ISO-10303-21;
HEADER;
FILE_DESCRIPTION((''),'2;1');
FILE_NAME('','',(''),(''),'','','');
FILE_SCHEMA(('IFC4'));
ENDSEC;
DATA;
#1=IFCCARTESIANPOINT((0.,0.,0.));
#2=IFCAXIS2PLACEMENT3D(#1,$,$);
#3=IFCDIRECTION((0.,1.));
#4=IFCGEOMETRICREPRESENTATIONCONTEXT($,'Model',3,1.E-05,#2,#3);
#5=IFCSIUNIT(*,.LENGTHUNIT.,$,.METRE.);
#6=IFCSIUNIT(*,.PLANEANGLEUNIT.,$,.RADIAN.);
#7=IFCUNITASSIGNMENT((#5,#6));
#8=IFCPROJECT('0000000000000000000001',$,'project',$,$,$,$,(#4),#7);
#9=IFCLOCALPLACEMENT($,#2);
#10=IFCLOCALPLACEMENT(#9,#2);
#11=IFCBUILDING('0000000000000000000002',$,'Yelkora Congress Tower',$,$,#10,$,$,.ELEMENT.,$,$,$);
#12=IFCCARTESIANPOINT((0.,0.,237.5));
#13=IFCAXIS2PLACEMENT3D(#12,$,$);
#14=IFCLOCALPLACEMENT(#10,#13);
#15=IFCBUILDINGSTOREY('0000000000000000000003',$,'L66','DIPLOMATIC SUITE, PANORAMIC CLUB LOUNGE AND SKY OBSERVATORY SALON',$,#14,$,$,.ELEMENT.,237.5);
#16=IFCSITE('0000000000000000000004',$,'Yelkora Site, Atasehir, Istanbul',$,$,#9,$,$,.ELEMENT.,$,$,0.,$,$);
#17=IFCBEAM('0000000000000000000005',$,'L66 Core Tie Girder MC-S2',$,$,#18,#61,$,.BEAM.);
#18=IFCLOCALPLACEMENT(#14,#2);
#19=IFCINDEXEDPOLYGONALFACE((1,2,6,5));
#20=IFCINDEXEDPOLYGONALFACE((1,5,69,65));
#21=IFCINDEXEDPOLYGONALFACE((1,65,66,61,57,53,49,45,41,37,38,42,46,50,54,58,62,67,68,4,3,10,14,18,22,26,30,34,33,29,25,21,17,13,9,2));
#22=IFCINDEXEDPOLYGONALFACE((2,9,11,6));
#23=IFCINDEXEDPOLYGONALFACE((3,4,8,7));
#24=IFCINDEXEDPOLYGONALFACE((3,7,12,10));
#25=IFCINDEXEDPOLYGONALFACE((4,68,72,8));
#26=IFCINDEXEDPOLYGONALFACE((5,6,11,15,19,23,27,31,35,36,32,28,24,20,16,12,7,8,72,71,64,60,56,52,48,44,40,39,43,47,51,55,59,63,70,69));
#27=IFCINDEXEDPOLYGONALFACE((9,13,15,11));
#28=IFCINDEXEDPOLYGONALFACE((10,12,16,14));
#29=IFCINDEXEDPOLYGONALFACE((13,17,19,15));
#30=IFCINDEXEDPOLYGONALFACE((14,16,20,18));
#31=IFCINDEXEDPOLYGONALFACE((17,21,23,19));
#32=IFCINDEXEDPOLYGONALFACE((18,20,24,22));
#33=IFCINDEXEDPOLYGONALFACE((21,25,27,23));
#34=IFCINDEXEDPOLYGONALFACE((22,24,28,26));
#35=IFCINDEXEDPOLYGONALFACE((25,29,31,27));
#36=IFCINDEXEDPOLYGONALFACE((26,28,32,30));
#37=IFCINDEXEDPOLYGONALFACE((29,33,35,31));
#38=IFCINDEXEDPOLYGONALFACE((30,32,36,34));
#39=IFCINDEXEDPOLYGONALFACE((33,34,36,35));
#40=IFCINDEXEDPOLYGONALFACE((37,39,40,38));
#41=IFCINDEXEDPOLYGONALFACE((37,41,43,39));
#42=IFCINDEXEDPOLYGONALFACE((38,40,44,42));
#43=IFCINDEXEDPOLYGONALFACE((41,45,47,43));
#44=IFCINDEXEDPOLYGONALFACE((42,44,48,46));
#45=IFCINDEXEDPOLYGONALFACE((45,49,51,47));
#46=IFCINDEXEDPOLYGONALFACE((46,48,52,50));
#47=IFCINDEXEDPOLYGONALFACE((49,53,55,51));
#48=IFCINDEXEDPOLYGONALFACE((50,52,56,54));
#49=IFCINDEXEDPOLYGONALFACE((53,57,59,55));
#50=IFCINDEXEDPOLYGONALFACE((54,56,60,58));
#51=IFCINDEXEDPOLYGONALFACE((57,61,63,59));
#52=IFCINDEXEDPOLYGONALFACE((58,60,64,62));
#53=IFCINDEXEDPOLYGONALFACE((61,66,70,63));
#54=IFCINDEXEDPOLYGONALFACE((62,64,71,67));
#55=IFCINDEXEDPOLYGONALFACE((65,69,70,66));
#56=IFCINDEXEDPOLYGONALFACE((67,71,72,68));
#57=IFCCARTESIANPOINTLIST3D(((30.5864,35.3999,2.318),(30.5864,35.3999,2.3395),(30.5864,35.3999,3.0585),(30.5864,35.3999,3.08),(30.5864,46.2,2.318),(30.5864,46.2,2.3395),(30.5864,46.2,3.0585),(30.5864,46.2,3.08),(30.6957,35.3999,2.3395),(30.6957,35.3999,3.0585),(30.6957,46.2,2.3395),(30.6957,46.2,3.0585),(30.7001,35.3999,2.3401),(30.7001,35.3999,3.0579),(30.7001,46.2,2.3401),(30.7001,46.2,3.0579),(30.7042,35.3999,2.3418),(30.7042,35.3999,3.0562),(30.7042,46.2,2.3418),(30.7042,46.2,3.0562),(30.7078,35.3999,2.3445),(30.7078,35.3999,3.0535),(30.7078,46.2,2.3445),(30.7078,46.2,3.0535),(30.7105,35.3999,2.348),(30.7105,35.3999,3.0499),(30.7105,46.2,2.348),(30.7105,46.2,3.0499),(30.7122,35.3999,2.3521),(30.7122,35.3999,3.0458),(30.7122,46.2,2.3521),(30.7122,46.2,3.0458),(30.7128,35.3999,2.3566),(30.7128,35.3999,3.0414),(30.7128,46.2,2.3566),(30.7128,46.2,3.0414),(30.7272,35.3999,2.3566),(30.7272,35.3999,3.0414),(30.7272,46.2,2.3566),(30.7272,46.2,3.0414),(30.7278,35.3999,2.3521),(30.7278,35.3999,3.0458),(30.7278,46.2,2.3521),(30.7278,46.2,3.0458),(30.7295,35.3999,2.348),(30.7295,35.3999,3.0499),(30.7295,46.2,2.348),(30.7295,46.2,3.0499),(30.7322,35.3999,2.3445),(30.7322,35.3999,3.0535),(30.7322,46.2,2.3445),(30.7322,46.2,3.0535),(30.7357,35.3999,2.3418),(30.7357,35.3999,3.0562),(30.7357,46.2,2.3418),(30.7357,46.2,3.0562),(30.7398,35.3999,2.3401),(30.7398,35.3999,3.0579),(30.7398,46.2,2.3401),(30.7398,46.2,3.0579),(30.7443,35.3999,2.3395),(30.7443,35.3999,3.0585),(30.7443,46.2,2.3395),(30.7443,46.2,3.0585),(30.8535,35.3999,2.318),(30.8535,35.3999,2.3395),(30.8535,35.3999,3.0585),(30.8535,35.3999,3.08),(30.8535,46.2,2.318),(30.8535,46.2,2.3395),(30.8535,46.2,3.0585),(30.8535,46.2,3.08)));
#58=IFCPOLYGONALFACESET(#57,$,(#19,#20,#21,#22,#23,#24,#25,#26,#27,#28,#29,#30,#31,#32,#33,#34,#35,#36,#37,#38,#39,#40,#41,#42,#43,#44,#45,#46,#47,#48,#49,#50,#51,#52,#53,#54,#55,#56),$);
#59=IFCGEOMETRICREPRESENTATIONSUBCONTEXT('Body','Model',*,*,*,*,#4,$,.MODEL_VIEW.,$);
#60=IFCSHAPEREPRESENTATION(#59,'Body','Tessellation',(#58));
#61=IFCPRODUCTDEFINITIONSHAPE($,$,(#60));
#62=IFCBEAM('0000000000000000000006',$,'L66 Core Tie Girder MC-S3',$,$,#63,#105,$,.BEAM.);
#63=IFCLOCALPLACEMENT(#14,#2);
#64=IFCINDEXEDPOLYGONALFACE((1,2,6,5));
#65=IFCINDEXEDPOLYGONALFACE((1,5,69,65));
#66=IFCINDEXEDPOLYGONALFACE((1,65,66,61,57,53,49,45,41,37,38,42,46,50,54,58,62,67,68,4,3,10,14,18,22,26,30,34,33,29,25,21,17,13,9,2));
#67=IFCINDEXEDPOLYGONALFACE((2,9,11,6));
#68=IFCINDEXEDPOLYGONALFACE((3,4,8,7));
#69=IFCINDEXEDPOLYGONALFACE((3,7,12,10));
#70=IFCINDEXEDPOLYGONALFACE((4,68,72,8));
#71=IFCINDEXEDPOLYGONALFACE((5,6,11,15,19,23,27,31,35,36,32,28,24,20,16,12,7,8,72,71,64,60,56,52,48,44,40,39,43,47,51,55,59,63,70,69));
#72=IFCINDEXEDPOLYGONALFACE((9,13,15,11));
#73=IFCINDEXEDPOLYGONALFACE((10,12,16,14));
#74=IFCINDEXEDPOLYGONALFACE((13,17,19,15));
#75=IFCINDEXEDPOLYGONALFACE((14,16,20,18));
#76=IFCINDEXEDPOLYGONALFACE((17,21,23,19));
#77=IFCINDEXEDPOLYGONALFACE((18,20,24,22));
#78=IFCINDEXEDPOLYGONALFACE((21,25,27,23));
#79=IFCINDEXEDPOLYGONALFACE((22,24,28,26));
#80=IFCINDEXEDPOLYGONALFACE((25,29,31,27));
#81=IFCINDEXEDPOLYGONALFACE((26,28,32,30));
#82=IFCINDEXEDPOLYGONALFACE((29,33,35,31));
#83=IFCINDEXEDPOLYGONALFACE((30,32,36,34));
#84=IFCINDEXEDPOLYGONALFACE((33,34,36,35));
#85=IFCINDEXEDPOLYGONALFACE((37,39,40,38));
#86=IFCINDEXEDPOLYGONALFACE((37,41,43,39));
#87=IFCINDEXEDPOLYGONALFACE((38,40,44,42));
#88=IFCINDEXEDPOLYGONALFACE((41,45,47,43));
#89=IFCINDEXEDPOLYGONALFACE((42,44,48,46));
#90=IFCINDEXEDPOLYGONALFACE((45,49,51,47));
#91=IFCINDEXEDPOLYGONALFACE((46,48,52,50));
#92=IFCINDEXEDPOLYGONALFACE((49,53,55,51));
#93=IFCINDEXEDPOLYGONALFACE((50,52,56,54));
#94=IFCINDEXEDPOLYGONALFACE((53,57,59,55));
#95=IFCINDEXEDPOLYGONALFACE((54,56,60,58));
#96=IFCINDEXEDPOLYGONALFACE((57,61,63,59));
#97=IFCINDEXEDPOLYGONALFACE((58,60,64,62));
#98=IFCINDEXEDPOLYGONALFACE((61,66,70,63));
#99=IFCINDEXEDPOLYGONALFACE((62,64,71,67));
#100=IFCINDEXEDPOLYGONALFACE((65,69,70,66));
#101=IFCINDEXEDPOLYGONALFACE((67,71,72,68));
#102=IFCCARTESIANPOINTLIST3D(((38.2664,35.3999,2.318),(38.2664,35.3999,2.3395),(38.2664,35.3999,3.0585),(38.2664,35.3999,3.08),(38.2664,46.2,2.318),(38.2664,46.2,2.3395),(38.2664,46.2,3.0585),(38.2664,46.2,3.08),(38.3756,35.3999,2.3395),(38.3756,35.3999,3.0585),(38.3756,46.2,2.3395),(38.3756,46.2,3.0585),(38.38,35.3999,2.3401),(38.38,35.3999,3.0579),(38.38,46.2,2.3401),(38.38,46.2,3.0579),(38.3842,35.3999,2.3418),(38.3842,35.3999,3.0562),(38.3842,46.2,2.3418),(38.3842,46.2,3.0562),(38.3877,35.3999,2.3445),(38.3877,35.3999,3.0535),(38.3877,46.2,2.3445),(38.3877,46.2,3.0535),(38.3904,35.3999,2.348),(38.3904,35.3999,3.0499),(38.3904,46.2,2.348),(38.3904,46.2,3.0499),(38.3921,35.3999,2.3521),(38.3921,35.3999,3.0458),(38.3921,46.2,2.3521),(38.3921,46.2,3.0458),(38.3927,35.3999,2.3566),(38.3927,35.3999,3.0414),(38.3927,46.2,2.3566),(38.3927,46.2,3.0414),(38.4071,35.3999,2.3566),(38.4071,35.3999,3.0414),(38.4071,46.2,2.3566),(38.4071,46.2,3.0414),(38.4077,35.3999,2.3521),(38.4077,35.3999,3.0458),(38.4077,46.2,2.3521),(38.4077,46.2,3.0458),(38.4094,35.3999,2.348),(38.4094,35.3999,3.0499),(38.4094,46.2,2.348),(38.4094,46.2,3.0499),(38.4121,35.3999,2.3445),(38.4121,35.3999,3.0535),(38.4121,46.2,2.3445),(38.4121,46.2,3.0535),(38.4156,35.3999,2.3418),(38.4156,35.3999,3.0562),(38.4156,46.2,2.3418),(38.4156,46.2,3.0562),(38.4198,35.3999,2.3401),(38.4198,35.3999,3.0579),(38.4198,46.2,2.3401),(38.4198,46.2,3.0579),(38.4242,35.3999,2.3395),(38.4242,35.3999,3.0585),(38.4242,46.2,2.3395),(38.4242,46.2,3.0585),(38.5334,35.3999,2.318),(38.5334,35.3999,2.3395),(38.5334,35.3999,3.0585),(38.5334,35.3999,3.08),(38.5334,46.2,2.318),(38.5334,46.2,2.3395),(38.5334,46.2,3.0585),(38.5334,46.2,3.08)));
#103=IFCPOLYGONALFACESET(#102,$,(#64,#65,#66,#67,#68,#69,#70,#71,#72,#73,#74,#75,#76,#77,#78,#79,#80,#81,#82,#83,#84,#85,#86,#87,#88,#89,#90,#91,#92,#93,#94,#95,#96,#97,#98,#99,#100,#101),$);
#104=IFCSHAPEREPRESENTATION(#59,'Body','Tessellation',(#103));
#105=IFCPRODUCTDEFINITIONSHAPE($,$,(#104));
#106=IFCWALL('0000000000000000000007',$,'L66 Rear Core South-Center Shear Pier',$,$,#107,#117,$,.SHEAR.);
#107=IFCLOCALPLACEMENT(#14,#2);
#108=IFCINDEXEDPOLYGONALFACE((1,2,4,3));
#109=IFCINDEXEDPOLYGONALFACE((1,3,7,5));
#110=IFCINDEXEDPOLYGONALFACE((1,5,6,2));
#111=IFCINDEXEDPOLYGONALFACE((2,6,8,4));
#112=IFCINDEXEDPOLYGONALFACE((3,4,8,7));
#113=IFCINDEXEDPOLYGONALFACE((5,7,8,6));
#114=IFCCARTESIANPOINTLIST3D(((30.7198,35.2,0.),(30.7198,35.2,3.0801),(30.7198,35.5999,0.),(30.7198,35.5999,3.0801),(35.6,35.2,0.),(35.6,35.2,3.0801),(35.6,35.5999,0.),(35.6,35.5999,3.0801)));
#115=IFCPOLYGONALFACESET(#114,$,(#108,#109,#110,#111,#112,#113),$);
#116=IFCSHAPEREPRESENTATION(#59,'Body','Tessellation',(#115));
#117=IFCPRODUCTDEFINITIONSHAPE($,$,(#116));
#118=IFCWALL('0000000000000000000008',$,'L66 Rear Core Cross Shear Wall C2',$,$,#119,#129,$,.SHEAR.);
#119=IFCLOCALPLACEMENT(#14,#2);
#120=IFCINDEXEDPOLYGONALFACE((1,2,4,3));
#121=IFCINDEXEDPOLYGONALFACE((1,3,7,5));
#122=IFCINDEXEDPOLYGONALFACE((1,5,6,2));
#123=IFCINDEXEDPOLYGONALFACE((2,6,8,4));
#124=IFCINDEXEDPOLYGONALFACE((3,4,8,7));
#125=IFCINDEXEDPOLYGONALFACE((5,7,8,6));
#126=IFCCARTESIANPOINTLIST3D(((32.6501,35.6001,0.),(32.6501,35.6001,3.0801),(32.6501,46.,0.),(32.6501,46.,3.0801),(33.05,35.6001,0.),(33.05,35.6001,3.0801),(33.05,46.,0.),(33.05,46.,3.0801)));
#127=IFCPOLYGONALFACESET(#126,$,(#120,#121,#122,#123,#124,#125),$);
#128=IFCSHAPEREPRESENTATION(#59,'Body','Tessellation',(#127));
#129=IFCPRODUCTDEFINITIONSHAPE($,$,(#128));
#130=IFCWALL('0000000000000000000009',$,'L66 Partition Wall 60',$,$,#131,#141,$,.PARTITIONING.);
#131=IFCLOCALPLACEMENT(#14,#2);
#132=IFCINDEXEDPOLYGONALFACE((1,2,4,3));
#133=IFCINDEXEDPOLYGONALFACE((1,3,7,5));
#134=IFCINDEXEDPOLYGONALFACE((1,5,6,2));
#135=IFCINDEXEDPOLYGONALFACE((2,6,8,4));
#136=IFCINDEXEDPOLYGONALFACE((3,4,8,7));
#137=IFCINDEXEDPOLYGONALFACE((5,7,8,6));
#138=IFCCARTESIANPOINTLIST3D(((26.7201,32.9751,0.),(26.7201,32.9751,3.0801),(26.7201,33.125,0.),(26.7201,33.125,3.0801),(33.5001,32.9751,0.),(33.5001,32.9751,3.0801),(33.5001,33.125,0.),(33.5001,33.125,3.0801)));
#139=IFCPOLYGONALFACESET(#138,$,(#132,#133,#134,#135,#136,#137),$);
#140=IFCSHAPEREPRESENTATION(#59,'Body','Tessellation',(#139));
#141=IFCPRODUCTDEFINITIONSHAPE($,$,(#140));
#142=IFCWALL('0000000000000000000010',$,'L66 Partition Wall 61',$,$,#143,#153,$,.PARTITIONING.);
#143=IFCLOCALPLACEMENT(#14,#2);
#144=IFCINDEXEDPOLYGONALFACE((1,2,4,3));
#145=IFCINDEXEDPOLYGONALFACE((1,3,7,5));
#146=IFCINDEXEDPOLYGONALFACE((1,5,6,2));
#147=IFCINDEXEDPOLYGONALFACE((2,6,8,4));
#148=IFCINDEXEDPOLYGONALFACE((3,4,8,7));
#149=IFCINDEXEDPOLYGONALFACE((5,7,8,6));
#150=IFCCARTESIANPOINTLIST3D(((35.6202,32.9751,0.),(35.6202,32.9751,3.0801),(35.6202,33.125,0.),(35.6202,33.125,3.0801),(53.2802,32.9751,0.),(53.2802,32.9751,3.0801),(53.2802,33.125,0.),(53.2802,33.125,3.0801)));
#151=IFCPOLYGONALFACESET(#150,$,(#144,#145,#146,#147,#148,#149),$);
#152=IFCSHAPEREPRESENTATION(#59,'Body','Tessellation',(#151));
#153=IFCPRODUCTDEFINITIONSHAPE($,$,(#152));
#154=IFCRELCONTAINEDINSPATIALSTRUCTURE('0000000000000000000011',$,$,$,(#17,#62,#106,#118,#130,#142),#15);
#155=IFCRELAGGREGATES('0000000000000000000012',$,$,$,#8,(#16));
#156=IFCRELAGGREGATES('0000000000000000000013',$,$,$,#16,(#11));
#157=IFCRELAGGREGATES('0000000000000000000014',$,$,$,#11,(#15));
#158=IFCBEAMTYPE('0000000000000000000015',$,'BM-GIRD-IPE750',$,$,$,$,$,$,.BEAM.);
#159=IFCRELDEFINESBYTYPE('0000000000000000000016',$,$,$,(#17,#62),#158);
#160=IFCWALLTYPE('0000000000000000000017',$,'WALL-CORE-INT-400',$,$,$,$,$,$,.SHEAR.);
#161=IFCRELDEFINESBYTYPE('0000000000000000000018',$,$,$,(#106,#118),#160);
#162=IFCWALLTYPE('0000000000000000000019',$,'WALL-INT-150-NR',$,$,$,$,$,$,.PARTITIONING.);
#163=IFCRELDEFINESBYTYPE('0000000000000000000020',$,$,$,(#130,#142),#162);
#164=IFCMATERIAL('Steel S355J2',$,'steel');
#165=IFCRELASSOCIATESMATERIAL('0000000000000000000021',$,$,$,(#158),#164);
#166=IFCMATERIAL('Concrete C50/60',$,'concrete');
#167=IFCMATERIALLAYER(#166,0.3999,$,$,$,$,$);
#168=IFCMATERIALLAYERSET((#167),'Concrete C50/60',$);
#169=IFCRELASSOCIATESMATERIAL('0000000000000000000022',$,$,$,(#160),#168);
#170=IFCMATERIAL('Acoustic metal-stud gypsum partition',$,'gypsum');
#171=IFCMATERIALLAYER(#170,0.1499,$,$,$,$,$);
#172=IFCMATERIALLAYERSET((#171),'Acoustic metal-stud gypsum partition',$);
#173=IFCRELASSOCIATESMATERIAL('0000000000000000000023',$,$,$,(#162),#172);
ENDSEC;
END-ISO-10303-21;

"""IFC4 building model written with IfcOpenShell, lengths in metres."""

from ifc_helpers import new_model, si_unit, direction, frame, frame_2d, origin, origin_2d, place, context, subcontext, project, spatial, rectangle, i_section, extrude, material, layer, layer_set, material_profile, profile_set, type_object, element, save


model = new_model("IFC4")

# Units and contexts
model_context = context("Model", 3, precision=1e-05, world=origin(), true_north=direction((0.0, 1.0)))
body_context = subcontext(model_context, "Body", "Model", "MODEL_VIEW")
ifc_project = project(units=[si_unit("LENGTHUNIT", "METRE"), si_unit("PLANEANGLEUNIT", "RADIAN")], contexts=[model_context])

# Site, building, storey
site_placement = place(None, origin())
site = spatial("IfcSite", under=ifc_project, at=site_placement, Name="Yelkora Site, Atasehir, Istanbul", CompositionType="ELEMENT", RefElevation=0.0)
building_placement = place(site_placement, origin())
building = spatial("IfcBuilding", under=site, at=building_placement, Name="Yelkora Congress Tower", CompositionType="ELEMENT")
storey_placement = place(building_placement, frame((0.0, 0.0, 237.5)))
storey = spatial("IfcBuildingStorey", under=building, at=storey_placement, Name="L66", Description="DIPLOMATIC SUITE, PANORAMIC CLUB LOUNGE AND SKY OBSERVATORY SALON", CompositionType="ELEMENT", Elevation=237.5)

# Beams
ifc_material_1 = material(Name="Steel S355J2", Category="steel")
ifc_material_profile_1 = material_profile(ifc_material_1, i_section(OverallWidth=0.2671, OverallDepth=0.762, WebThickness=0.0144, FlangeThickness=0.0215, FilletRadius=0.0171, at=origin_2d()), Name="IPE 750x173")
ifc_profile_set_1 = profile_set([ifc_material_profile_1], Name="Steel S355J2")
beam_type = type_object("IfcBeamType", Name="BM-GIRD-IPE750", PredefinedType="BEAM", material=ifc_profile_set_1)
for number, where, z_axis, x_axis, name in (
    (1, (30.72, 35.3999, 2.699), (0.0, 1.0, 0.0), (-1.0, 0.0, 0.0), "L66 Core Tie Girder MC-S2"),
    (2, (38.3999, 35.3999, 2.699), (0.0, 1.0, 0.0), (-1.0, 0.0, 0.0), "L66 Core Tie Girder MC-S3"),
):
    element("IfcBeam", number, at=place(storey_placement, frame(where, z_axis=z_axis, x_axis=x_axis)), inside=storey, type_object=beam_type, Name=name, PredefinedType="BEAM", context=body_context, shape_type="SweptSolid", body=[
        extrude(i_section(OverallWidth=0.2671, OverallDepth=0.762, WebThickness=0.0144, FlangeThickness=0.0215, FilletRadius=0.0171, at=origin_2d()), origin(), (0.0, 0.0, 1.0), 10.8),
    ])

# Wall
ifc_material_2 = material(Name="Concrete C50/60", Category="concrete")
ifc_layer_1 = layer(ifc_material_2, 0.3999)
ifc_layer_set_1 = layer_set([ifc_layer_1], Name="Concrete C50/60")
wall_type_1 = type_object("IfcWallType", Name="WALL-CORE-INT-400", PredefinedType="SHEAR", material=ifc_layer_set_1)
wall_1_placement = place(storey_placement, frame((30.72, 35.3999, 0.0), z_axis=(0.0, 0.0, 1.0), x_axis=(1.0, 0.0, 0.0)))
element("IfcWall", 3, at=wall_1_placement, inside=storey, type_object=wall_type_1, Name="L66 Rear Core South-Center Shear Pier", PredefinedType="SHEAR", context=body_context, shape_type="SweptSolid", body=[
    extrude(rectangle(XDim=4.8801, YDim=0.3999, at=frame_2d((2.4399, 0.0))), origin(), (0.0, 0.0, 1.0), 3.0801),
])

# Walls
wall_2_placement = place(storey_placement, frame((32.8501, 35.6001, 0.0), z_axis=(0.0, 0.0, 1.0), x_axis=(0.0, 1.0, 0.0)))
element("IfcWall", 4, at=wall_2_placement, inside=storey, type_object=wall_type_1, Name="L66 Rear Core Cross Shear Wall C2", PredefinedType="SHEAR", context=body_context, shape_type="SweptSolid", body=[
    extrude(rectangle(XDim=10.3999, YDim=0.3999, at=frame_2d((5.2, 0.0))), origin(), (0.0, 0.0, 1.0), 3.0801),
])
ifc_material_3 = material(Name="Acoustic metal-stud gypsum partition", Category="gypsum")
ifc_layer_2 = layer(ifc_material_3, 0.1499)
ifc_layer_set_2 = layer_set([ifc_layer_2], Name="Acoustic metal-stud gypsum partition")
wall_type_2 = type_object("IfcWallType", Name="WALL-INT-150-NR", PredefinedType="PARTITIONING", material=ifc_layer_set_2)
wall_3_placement = place(storey_placement, frame((26.72, 33.05, 0.0), z_axis=(0.0, 0.0, 1.0), x_axis=(1.0, 0.0, 0.0)))
element("IfcWall", 5, at=wall_3_placement, inside=storey, type_object=wall_type_2, Name="L66 Partition Wall 60", PredefinedType="PARTITIONING", context=body_context, shape_type="SweptSolid", body=[
    extrude(rectangle(XDim=6.78, YDim=0.1499, at=frame_2d((3.3901, 0.0))), origin(), (0.0, 0.0, 1.0), 3.0801),
])
wall_4_placement = place(storey_placement, frame((35.6201, 33.05, 0.0), z_axis=(0.0, 0.0, 1.0), x_axis=(1.0, 0.0, 0.0)))
element("IfcWall", 6, at=wall_4_placement, inside=storey, type_object=wall_type_2, Name="L66 Partition Wall 61", PredefinedType="PARTITIONING", context=body_context, shape_type="SweptSolid", body=[
    extrude(rectangle(XDim=17.6599, YDim=0.1499, at=frame_2d((8.8301, 0.0))), origin(), (0.0, 0.0, 1.0), 3.0801),
])

save(model, "model.ifc")
